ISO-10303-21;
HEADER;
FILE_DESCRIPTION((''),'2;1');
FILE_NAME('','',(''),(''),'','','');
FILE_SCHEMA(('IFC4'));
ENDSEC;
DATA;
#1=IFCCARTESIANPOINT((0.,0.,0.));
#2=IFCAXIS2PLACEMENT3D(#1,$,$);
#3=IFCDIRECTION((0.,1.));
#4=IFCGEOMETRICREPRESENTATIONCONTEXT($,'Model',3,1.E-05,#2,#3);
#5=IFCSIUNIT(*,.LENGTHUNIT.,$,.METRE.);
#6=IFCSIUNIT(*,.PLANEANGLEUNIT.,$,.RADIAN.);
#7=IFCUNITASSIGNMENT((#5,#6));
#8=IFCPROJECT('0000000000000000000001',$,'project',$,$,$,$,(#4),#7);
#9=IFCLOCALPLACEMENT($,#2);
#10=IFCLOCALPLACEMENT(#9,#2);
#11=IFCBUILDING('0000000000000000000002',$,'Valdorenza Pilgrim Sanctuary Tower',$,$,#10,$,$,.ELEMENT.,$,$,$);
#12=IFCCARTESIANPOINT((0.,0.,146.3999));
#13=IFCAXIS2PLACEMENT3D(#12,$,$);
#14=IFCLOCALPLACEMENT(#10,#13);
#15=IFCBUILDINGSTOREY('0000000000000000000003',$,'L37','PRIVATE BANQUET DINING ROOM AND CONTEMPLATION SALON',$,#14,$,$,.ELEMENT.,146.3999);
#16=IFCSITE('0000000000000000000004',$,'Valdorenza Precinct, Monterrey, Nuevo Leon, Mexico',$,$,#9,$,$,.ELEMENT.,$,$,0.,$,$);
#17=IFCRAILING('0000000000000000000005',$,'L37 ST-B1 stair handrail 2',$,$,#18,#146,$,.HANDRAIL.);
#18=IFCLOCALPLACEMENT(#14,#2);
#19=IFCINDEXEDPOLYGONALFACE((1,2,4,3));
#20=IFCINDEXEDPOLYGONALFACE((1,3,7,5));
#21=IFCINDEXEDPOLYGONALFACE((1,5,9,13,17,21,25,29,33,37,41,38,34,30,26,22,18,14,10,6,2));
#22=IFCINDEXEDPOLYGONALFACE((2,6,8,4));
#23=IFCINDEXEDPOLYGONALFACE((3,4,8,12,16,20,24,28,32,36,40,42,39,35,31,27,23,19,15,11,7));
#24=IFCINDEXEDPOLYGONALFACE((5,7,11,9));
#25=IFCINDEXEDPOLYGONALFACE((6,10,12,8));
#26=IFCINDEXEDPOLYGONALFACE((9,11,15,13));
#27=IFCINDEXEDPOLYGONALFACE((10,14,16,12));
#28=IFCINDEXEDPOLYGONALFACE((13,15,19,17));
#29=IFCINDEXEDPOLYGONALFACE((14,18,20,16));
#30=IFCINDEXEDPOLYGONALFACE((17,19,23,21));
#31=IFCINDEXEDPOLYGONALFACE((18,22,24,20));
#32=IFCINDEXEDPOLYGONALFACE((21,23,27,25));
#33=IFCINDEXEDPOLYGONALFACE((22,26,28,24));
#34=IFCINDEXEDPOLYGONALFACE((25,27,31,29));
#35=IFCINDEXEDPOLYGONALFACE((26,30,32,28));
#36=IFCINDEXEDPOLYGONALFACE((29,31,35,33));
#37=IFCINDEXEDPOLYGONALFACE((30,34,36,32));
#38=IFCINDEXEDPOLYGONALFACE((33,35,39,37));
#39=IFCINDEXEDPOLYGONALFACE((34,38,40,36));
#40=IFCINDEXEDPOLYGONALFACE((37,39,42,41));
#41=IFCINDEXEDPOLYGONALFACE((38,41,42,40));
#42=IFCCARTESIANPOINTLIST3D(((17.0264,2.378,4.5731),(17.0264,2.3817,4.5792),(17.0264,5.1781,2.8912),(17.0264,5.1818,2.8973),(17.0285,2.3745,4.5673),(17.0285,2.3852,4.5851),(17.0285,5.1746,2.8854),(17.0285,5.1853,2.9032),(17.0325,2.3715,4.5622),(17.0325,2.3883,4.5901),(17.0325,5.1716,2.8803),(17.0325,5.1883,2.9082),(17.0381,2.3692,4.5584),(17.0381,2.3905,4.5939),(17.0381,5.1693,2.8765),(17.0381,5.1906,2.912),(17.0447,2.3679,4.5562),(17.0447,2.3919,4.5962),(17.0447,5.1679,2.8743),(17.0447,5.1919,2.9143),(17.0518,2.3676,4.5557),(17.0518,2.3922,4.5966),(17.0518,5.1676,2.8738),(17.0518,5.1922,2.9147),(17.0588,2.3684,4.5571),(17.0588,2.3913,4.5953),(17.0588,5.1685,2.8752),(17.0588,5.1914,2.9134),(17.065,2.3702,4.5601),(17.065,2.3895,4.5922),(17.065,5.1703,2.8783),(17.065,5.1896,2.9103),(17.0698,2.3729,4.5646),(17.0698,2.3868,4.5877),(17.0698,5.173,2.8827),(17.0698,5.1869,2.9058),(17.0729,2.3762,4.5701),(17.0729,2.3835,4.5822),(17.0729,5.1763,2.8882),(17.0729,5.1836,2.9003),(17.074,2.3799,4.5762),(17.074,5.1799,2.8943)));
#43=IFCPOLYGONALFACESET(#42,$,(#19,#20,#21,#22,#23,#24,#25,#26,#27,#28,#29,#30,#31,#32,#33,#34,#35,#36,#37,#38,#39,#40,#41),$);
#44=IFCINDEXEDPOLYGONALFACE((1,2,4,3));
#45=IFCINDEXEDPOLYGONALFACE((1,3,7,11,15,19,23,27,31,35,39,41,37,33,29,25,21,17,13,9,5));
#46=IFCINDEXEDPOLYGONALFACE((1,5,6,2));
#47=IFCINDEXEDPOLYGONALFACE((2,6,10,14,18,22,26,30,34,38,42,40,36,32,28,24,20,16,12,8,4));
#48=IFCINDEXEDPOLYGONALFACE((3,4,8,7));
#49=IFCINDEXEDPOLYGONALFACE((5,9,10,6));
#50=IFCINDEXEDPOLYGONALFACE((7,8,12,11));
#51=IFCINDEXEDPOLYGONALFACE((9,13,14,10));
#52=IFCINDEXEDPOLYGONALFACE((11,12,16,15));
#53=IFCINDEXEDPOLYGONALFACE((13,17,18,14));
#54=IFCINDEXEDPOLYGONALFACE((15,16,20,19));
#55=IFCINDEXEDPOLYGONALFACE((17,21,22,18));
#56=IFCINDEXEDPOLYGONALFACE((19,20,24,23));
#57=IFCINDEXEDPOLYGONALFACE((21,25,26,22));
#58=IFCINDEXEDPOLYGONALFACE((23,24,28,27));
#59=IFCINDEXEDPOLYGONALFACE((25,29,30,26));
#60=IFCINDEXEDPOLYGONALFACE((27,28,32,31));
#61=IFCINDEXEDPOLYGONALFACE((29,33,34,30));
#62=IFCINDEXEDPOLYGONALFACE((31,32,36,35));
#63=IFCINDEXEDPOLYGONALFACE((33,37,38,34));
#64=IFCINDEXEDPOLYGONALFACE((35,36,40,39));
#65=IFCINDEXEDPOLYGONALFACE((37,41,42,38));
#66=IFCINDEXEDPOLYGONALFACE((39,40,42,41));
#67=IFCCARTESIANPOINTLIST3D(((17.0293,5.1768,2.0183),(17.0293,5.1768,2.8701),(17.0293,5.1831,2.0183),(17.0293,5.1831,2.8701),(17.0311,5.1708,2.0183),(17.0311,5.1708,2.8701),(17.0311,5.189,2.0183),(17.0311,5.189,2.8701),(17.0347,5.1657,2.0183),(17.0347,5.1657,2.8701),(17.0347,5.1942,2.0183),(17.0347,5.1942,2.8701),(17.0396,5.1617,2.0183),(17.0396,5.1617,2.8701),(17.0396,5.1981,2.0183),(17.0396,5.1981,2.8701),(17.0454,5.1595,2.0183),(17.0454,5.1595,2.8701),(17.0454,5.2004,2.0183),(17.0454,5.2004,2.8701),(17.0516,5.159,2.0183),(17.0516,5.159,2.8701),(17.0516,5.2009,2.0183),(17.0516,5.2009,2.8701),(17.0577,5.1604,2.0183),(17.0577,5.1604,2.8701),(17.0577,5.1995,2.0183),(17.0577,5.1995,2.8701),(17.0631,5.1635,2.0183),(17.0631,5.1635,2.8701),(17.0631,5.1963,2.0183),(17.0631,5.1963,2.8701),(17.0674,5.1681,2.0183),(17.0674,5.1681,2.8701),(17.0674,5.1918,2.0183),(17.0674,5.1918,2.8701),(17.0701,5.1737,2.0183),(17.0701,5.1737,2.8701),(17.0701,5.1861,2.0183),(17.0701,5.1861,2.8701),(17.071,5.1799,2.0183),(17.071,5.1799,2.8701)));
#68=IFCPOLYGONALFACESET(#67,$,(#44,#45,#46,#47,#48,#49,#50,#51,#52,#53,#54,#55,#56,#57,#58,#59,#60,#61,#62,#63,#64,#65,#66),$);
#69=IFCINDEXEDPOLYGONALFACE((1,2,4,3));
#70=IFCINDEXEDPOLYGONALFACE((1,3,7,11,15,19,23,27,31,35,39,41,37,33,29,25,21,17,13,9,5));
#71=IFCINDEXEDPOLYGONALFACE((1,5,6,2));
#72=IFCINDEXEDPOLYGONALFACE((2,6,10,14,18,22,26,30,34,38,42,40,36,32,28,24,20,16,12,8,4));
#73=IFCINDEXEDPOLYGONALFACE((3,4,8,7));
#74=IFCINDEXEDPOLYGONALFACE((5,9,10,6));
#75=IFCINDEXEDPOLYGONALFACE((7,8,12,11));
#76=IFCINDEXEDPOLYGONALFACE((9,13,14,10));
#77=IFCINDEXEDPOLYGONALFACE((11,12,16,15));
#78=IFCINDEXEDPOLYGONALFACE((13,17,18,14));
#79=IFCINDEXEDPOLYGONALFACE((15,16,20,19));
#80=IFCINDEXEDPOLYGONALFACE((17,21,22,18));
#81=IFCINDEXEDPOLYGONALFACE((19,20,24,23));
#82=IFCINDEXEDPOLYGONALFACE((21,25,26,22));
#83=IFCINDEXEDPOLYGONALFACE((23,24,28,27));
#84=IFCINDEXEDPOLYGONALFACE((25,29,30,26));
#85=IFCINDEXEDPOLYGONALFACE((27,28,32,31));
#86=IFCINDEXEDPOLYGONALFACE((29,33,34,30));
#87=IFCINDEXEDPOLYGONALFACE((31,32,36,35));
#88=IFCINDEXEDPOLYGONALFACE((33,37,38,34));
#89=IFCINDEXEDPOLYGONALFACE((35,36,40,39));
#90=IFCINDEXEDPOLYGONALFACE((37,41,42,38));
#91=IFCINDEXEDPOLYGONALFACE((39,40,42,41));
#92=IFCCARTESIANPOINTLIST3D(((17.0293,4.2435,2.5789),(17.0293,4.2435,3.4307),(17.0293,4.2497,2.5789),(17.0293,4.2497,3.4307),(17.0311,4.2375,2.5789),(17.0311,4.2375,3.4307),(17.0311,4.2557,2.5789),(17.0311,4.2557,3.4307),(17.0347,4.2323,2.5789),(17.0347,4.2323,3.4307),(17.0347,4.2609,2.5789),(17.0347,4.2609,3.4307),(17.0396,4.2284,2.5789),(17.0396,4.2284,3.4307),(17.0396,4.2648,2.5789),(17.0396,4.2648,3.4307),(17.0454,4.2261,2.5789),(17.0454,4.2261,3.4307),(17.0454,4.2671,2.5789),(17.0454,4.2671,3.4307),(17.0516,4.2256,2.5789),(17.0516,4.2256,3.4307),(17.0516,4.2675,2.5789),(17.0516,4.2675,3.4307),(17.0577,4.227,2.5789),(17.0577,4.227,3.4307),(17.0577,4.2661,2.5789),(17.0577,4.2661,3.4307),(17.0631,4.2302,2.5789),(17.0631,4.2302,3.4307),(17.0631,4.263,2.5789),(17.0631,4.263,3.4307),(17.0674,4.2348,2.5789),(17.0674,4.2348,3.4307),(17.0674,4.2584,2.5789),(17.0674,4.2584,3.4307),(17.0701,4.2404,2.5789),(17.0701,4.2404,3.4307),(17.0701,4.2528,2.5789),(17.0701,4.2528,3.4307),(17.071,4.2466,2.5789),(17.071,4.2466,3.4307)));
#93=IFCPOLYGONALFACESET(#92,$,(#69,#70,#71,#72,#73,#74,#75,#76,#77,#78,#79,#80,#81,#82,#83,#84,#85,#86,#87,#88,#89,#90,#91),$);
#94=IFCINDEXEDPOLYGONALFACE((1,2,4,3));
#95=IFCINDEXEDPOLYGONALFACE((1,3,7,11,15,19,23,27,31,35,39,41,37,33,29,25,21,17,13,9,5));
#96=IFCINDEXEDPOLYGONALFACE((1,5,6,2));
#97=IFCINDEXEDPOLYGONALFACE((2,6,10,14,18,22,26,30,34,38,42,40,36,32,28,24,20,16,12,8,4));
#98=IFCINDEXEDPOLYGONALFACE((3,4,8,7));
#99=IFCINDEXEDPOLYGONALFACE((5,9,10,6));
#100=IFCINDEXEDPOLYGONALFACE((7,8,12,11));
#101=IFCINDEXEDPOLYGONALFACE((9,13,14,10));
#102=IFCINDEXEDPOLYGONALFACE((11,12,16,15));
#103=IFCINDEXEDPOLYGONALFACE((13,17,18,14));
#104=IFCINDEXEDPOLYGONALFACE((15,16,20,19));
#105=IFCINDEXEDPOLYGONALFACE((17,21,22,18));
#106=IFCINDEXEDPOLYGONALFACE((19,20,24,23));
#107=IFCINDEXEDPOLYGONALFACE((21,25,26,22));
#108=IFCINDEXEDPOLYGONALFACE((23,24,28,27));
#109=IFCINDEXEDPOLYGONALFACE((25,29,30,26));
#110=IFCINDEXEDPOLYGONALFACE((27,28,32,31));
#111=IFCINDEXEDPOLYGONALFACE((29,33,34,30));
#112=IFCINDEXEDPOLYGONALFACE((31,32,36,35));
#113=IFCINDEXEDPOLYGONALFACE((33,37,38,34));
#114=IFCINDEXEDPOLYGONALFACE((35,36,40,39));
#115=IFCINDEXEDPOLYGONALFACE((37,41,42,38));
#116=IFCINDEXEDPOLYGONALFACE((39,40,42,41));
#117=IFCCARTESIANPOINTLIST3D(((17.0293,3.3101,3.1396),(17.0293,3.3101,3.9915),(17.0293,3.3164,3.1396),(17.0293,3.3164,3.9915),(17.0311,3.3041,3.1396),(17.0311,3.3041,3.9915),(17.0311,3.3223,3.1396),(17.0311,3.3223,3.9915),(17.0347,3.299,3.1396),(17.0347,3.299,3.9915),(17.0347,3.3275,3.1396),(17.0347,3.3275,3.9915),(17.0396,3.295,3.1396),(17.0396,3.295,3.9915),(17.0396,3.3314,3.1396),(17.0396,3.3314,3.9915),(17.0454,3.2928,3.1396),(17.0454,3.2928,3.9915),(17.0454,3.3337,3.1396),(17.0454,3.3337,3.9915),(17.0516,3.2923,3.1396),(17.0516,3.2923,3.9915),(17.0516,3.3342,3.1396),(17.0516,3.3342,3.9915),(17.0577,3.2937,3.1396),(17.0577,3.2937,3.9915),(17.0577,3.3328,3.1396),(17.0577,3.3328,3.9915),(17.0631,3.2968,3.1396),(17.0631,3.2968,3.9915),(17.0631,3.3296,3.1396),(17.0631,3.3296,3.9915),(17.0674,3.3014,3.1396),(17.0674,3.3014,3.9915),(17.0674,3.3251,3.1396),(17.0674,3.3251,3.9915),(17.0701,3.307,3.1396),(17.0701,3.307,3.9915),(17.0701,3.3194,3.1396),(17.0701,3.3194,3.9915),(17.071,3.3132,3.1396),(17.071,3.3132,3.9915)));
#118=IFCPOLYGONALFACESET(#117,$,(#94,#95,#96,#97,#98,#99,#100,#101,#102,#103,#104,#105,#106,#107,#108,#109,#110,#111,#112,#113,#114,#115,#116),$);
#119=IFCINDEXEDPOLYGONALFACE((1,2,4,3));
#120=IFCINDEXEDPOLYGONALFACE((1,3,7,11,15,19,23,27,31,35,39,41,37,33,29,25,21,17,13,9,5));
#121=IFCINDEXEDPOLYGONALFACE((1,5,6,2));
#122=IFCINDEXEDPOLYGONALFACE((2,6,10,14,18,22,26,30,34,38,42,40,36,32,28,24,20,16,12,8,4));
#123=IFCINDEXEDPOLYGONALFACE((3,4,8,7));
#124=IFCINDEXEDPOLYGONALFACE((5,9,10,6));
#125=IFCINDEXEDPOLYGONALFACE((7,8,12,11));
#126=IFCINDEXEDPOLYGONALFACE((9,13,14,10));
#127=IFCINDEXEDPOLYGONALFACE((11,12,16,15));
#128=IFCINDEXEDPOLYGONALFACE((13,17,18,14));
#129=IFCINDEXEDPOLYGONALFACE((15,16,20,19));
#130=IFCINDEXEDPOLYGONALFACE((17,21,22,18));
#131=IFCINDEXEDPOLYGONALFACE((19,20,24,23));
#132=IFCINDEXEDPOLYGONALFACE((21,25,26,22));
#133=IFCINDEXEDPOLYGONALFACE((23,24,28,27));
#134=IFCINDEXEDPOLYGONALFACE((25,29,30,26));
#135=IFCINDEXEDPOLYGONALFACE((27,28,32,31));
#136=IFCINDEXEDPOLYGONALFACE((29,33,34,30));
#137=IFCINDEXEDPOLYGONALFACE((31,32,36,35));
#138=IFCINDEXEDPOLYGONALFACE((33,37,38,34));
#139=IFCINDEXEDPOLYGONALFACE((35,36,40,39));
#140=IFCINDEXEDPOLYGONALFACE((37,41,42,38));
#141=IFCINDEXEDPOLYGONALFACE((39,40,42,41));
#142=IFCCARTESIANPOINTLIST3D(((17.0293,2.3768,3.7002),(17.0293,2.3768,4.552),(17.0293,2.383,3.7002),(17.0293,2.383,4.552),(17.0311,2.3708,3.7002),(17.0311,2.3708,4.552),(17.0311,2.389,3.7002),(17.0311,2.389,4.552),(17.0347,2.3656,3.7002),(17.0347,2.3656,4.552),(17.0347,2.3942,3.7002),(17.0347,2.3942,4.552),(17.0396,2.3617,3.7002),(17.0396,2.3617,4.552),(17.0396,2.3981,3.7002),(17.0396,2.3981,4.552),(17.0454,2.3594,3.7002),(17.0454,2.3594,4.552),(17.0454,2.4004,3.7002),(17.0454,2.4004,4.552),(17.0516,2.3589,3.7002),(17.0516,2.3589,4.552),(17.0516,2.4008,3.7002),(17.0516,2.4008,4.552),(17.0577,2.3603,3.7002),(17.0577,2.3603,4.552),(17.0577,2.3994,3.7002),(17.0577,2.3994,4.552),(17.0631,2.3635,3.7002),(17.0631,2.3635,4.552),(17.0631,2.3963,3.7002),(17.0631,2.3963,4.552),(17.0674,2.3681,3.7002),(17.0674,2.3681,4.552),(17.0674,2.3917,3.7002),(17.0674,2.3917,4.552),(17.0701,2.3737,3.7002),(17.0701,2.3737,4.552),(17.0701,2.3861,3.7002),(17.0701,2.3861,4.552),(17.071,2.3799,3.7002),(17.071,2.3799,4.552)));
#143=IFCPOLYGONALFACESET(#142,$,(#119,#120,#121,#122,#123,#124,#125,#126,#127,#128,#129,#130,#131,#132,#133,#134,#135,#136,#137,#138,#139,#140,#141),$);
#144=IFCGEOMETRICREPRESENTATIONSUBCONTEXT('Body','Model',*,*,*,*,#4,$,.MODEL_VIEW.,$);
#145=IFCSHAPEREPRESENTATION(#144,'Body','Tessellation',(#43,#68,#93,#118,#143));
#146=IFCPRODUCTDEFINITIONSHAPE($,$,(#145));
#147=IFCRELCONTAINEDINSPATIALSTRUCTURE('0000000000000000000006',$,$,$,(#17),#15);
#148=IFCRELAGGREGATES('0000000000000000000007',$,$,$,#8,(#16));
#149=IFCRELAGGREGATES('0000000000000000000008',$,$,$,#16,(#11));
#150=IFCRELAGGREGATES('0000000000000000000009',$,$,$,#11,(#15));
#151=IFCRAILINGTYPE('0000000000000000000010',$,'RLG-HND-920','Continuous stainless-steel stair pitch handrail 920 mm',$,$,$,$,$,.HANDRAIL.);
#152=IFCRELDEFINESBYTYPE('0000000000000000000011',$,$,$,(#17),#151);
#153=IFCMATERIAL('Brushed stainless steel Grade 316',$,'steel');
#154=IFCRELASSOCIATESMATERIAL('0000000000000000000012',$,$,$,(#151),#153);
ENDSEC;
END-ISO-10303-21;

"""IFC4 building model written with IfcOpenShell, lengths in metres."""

from ifc_helpers import new_model, si_unit, direction, frame, origin, origin_2d, place, context, subcontext, project, spatial, circle, extrude, material, type_object, element, save


model = new_model("IFC4")

# Units and contexts
model_context = context("Model", 3, precision=1e-05, world=origin(), true_north=direction((0.0, 1.0)))
body_context = subcontext(model_context, "Body", "Model", "MODEL_VIEW")
ifc_project = project(units=[si_unit("LENGTHUNIT", "METRE"), si_unit("PLANEANGLEUNIT", "RADIAN")], contexts=[model_context])

# Site, building, storey
site_placement = place(None, origin())
site = spatial("IfcSite", under=ifc_project, at=site_placement, Name="Valdorenza Precinct, Monterrey, Nuevo Leon, Mexico", CompositionType="ELEMENT", RefElevation=0.0)
building_placement = place(site_placement, origin())
building = spatial("IfcBuilding", under=site, at=building_placement, Name="Valdorenza Pilgrim Sanctuary Tower", CompositionType="ELEMENT")
storey_placement = place(building_placement, frame((0.0, 0.0, 146.3999)))
storey = spatial("IfcBuildingStorey", under=building, at=storey_placement, Name="L37", Description="PRIVATE BANQUET DINING ROOM AND CONTEMPLATION SALON", CompositionType="ELEMENT", Elevation=146.3999)

# Shared definitions
ifc_material_1 = material(Name="Brushed stainless steel Grade 316", Category="steel")

# Railing
railing_type_1 = type_object("IfcRailingType", Name="RLG-HND-920", Description="Continuous stainless-steel stair pitch handrail 920 mm", PredefinedType="HANDRAIL", material=ifc_material_1)
railing_1_placement = place(storey_placement, frame((17.05, 5.1799, 2.0183)))
element("IfcRailing", 1, at=railing_1_placement, inside=storey, type_object=railing_type_1, Name="L37 ST-B1 stair handrail 2", PredefinedType="HANDRAIL", context=body_context, shape_type="SweptSolid", body=[
    extrude(circle(Radius=0.0239, at=origin_2d()), frame((0.0, 0.0, 0.876), z_axis=(0.0, -0.857242, 0.514913), x_axis=(1.0, 0.0, 0.0)), (0.0, 0.0, 1.0), 3.2664),
    extrude(circle(Radius=0.021, at=origin_2d()), origin(), (0.0, 0.0, 1.0), 0.8518),
    extrude(circle(Radius=0.021, at=origin_2d()), frame((0.0, -0.9333, 0.5605)), (0.0, 0.0, 1.0), 0.8518),
    extrude(circle(Radius=0.021, at=origin_2d()), frame((0.0, -1.8667, 1.1213)), (0.0, 0.0, 1.0), 0.8518),
    extrude(circle(Radius=0.021, at=origin_2d()), frame((0.0, -2.8, 1.6819)), (0.0, 0.0, 1.0), 0.8518),
])

save(model, "model.ifc")
